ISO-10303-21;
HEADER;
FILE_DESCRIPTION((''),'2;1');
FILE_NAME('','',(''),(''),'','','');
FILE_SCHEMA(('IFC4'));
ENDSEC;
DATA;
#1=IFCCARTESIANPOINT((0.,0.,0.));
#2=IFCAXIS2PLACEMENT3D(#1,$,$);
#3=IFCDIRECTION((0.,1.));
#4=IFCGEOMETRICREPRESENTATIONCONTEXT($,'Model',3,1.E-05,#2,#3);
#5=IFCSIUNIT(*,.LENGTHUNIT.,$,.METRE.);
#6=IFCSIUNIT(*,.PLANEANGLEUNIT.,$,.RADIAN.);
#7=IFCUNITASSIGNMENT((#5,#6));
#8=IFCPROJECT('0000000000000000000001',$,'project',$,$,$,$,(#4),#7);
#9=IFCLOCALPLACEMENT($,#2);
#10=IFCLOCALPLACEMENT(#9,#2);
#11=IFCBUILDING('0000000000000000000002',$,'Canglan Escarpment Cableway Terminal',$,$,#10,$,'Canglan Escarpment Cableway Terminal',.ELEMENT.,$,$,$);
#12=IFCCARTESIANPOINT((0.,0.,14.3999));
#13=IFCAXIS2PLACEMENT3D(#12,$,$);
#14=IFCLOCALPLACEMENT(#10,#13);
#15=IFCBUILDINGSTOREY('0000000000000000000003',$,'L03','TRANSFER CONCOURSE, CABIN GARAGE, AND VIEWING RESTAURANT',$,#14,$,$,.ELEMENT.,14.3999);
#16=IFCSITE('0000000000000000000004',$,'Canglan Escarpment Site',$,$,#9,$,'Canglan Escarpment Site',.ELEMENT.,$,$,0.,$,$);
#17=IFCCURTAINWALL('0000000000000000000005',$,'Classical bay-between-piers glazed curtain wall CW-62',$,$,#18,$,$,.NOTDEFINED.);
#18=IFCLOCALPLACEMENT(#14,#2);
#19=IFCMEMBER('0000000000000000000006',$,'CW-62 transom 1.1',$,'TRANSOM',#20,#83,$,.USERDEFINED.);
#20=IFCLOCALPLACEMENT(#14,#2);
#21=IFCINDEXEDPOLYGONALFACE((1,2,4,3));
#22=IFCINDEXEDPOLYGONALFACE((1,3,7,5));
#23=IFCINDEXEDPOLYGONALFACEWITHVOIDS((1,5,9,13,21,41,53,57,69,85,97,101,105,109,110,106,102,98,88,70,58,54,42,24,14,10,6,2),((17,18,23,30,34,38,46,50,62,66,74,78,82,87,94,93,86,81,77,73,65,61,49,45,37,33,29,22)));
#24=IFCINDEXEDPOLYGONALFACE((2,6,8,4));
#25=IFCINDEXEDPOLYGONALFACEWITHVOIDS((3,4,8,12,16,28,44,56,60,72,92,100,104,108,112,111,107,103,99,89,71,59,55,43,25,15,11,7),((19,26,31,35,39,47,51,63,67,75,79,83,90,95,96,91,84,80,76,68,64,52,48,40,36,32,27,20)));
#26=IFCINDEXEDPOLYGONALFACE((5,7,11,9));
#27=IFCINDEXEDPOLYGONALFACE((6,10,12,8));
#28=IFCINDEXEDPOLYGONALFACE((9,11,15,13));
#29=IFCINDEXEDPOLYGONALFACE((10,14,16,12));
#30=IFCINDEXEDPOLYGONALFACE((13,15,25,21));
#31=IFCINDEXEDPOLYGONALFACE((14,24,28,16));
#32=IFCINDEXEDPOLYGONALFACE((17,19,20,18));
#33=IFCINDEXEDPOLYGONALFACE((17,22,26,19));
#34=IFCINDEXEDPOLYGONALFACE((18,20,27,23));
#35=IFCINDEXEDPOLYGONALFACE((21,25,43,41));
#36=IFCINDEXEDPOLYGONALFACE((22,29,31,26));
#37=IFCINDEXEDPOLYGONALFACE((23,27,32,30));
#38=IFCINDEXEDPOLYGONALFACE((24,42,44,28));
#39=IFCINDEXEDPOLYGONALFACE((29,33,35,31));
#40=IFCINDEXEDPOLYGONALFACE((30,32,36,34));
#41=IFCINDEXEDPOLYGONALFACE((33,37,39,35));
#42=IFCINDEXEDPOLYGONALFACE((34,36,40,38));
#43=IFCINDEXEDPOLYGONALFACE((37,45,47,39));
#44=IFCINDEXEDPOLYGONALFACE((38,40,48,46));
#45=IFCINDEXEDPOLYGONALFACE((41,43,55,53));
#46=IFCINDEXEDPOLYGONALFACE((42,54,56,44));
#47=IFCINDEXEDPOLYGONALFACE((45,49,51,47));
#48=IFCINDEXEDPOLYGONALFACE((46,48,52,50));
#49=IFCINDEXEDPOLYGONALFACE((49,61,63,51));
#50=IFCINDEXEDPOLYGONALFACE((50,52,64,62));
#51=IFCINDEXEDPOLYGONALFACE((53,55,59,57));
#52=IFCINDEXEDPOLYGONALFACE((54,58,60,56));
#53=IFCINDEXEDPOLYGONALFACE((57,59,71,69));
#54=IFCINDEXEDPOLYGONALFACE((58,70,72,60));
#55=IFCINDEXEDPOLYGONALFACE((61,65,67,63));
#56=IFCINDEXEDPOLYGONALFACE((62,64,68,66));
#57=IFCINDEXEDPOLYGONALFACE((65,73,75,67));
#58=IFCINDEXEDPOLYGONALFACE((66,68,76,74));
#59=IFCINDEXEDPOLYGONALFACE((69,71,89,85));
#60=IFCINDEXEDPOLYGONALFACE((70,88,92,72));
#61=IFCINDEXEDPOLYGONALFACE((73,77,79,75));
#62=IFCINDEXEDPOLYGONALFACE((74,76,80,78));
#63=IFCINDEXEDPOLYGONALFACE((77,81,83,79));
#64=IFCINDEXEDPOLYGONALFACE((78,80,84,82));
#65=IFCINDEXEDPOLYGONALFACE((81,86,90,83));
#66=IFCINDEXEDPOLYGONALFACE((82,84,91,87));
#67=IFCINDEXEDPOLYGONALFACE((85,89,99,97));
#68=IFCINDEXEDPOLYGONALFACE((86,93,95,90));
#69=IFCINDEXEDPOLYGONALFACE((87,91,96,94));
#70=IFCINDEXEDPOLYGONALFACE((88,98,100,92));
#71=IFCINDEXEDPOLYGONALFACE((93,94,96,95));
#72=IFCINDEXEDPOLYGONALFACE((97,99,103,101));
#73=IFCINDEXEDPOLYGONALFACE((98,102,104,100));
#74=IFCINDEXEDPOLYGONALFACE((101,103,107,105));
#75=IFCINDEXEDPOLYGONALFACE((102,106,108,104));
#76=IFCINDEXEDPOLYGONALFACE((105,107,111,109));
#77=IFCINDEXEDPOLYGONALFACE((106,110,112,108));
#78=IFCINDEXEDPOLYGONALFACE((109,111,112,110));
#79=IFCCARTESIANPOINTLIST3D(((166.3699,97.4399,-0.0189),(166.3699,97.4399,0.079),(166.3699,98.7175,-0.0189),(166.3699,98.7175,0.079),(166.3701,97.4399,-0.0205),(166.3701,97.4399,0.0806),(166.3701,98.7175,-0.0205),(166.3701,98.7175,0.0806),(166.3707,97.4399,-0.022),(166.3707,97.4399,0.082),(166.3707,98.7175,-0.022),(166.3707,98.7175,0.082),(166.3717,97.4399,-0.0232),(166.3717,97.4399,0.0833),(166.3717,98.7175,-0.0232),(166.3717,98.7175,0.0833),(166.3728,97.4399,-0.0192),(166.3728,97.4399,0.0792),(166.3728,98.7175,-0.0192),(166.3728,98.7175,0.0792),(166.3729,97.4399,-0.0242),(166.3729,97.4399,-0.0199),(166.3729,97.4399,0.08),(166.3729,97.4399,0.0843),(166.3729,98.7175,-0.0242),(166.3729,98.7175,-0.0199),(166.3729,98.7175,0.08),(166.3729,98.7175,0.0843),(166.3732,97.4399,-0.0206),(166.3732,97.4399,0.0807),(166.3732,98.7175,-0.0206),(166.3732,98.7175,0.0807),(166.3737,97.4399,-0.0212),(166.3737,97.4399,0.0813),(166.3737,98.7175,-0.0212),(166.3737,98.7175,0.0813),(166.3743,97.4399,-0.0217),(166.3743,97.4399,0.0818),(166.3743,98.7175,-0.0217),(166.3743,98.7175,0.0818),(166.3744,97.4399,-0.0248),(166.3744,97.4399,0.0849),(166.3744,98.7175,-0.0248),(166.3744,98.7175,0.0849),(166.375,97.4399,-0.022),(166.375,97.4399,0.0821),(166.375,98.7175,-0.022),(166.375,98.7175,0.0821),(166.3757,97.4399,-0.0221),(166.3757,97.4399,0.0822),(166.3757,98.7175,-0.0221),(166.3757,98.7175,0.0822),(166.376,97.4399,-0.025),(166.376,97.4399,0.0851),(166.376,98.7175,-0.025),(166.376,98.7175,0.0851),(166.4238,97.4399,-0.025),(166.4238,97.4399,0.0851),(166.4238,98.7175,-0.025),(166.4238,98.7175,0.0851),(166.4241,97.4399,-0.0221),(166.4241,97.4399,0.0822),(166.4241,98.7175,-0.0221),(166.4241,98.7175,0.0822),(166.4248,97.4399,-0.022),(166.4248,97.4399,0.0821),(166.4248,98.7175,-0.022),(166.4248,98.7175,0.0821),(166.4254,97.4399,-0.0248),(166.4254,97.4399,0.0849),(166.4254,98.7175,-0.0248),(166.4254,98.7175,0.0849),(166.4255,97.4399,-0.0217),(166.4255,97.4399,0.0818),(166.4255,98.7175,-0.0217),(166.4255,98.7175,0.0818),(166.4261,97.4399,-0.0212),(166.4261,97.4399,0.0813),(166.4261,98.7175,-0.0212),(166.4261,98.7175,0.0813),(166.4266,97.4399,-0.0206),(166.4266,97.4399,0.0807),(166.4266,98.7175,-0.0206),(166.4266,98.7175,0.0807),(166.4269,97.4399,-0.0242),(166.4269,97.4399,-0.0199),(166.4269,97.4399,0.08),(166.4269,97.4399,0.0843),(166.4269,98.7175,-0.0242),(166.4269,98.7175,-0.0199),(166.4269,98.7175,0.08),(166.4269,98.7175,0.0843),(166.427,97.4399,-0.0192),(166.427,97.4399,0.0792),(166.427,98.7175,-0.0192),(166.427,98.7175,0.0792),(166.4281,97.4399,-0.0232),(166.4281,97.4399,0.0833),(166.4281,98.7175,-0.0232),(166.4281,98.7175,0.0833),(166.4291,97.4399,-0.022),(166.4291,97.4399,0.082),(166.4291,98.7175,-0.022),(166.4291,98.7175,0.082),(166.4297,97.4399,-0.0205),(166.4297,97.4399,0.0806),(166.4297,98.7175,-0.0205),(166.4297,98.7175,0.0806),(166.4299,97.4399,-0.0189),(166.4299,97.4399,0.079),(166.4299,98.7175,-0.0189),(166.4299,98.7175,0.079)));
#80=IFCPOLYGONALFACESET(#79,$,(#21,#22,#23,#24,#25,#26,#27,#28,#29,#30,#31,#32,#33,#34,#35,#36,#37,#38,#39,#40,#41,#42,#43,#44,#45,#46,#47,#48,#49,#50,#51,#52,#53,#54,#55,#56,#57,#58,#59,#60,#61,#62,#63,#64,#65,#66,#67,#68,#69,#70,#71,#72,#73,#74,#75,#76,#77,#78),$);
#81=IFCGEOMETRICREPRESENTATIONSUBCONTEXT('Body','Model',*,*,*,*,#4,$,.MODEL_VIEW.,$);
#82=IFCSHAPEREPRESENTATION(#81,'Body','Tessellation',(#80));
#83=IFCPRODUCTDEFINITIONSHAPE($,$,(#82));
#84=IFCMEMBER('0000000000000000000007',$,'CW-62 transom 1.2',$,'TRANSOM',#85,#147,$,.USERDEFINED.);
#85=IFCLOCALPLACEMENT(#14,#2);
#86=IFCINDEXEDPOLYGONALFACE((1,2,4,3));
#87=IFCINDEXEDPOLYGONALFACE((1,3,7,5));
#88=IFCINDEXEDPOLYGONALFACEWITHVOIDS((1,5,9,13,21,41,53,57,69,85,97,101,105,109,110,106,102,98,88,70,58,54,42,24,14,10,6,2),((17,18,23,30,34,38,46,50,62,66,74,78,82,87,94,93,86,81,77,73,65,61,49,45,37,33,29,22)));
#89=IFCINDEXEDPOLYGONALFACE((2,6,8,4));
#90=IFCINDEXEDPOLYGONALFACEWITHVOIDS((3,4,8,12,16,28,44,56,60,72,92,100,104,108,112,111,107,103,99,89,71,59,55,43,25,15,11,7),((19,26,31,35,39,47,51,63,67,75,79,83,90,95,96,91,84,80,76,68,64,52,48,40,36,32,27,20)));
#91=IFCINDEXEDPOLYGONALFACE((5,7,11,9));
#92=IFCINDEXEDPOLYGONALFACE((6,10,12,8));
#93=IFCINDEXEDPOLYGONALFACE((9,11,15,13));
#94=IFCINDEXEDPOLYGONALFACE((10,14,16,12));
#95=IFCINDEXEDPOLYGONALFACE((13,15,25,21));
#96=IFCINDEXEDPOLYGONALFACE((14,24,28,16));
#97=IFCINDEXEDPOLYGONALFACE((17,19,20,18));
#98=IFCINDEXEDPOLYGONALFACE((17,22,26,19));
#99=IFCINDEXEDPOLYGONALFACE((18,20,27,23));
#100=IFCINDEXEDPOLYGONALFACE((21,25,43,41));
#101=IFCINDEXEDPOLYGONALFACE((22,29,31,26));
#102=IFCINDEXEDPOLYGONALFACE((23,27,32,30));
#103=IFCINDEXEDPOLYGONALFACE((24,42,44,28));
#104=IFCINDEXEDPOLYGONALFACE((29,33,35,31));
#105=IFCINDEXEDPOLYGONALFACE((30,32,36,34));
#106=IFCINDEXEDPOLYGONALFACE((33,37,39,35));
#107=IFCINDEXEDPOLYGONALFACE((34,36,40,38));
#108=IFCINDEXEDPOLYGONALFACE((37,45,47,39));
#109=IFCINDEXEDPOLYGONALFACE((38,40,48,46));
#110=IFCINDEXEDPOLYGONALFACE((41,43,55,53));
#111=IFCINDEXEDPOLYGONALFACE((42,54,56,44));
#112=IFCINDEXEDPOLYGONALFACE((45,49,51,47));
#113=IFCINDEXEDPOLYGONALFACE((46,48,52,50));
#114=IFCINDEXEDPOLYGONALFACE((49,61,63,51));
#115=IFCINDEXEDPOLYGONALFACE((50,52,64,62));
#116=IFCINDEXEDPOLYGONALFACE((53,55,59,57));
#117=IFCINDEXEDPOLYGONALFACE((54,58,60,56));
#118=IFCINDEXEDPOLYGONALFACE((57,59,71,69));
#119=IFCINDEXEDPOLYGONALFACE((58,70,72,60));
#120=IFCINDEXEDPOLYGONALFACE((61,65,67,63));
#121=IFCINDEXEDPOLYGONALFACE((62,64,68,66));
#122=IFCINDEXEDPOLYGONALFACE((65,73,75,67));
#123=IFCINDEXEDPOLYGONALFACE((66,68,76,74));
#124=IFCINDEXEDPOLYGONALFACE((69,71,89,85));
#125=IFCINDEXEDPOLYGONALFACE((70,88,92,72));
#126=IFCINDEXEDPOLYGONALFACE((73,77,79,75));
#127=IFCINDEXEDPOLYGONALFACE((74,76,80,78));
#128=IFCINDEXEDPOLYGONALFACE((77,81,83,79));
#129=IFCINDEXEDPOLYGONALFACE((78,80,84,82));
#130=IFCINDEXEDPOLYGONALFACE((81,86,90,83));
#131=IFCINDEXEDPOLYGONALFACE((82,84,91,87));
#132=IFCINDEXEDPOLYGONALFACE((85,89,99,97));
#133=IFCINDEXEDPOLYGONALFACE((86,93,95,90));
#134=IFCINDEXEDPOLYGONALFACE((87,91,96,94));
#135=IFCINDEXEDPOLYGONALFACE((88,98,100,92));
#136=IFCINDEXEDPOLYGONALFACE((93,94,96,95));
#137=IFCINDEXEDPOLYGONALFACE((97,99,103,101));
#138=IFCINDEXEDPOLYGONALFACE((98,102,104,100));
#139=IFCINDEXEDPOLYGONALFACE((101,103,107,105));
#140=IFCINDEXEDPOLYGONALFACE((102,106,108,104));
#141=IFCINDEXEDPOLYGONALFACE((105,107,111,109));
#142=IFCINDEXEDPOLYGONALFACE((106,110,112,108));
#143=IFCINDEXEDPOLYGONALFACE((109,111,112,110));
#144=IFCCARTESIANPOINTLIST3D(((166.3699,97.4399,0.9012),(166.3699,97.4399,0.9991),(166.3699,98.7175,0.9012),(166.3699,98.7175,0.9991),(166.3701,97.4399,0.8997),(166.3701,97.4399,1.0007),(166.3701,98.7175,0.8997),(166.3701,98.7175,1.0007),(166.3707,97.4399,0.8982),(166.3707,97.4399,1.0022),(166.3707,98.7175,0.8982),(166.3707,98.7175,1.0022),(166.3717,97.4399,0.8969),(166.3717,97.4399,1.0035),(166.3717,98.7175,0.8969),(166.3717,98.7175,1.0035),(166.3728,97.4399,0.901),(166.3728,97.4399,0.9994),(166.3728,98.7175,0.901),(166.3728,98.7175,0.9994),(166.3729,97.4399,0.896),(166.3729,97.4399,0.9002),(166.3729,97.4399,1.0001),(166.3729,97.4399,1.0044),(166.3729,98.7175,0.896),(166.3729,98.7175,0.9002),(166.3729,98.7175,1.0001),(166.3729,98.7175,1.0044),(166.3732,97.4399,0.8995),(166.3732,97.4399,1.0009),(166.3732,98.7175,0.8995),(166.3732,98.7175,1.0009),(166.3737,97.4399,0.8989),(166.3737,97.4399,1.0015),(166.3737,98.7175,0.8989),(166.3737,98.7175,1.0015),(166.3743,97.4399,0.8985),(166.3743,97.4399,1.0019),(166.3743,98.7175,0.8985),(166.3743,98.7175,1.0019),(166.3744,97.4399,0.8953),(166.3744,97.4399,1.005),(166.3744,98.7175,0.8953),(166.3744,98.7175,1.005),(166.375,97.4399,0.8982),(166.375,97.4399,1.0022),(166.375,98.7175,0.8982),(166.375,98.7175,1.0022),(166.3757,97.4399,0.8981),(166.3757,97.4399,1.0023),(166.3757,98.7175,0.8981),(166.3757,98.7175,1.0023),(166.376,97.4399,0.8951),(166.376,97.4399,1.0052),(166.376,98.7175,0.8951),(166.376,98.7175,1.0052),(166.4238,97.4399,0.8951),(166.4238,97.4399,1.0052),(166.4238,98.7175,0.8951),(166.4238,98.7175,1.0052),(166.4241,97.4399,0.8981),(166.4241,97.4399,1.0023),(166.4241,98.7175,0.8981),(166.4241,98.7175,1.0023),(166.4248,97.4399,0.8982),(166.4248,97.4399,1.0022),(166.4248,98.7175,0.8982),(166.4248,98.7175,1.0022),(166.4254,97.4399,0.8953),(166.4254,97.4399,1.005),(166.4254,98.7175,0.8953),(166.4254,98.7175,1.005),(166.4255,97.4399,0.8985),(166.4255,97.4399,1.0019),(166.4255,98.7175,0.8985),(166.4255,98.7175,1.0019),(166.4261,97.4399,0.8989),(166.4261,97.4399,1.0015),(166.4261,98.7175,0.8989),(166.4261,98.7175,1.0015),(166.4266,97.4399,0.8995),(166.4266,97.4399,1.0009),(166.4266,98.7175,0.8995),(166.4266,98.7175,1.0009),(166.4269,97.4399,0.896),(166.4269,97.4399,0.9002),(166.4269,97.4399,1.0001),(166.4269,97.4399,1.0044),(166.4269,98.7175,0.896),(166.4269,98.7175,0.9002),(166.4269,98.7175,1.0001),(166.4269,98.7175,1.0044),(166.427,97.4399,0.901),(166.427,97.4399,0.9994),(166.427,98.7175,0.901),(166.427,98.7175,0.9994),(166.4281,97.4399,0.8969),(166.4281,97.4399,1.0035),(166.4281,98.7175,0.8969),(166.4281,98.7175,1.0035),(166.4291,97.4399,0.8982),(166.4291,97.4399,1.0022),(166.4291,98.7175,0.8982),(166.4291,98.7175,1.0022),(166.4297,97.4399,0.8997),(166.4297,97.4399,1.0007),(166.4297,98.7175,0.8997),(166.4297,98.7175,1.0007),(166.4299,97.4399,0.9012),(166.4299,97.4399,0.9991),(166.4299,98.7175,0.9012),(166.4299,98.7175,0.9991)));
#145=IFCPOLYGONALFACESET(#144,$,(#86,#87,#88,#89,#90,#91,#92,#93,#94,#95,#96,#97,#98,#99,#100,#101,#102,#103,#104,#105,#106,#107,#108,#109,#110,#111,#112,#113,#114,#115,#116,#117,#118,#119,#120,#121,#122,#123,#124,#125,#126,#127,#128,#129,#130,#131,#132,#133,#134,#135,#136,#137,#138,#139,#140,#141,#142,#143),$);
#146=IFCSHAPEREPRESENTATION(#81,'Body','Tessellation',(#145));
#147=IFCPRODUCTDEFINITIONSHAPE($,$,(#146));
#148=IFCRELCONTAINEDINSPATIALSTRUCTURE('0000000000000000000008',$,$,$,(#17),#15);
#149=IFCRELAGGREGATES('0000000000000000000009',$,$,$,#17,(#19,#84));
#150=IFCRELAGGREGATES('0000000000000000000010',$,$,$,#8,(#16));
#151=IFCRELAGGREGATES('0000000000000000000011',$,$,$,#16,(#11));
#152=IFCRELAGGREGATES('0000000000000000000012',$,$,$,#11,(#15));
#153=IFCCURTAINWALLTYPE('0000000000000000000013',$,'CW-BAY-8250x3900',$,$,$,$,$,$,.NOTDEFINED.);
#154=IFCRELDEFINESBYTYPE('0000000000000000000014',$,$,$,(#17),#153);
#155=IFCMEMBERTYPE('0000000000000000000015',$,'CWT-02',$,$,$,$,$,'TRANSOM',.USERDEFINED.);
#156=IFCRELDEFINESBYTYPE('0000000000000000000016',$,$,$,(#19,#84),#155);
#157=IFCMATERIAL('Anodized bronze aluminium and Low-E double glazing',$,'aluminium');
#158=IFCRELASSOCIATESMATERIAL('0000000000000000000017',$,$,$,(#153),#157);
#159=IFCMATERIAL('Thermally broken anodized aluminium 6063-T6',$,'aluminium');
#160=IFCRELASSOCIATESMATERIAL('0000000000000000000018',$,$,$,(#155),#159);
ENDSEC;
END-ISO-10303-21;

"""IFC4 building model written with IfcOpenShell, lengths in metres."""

from ifc_helpers import new_model, si_unit, direction, frame, origin, origin_2d, place, context, subcontext, project, spatial, hollow_rectangle, extrude, material, material_profile, profile_set, type_object, element, aggregate, save


model = new_model("IFC4")

# Units and contexts
model_context = context("Model", 3, precision=1e-05, world=origin(), true_north=direction((0.0, 1.0)))
body_context = subcontext(model_context, "Body", "Model", "MODEL_VIEW")
ifc_project = project(units=[si_unit("LENGTHUNIT", "METRE"), si_unit("PLANEANGLEUNIT", "RADIAN")], contexts=[model_context])

# Site, building, storey
site_placement = place(None, origin())
site = spatial("IfcSite", under=ifc_project, at=site_placement, Name="Canglan Escarpment Site", LongName="Canglan Escarpment Site", CompositionType="ELEMENT", RefElevation=0.0)
building_placement = place(site_placement, origin())
building = spatial("IfcBuilding", under=site, at=building_placement, Name="Canglan Escarpment Cableway Terminal", LongName="Canglan Escarpment Cableway Terminal", CompositionType="ELEMENT")
storey_placement = place(building_placement, frame((0.0, 0.0, 14.3999)))
storey = spatial("IfcBuildingStorey", under=building, at=storey_placement, Name="L03", Description="TRANSFER CONCOURSE, CABIN GARAGE, AND VIEWING RESTAURANT", CompositionType="ELEMENT", Elevation=14.3999)

# Curtain wall, members
ifc_material_1 = material(Name="Anodized bronze aluminium and Low-E double glazing", Category="aluminium")
curtain_wall_type = type_object("IfcCurtainWallType", Name="CW-BAY-8250x3900", PredefinedType="NOTDEFINED", material=ifc_material_1)
curtain_wall_placement = place(storey_placement, origin())
curtain_wall = element("IfcCurtainWall", 1, at=curtain_wall_placement, inside=storey, type_object=curtain_wall_type, Name="Classical bay-between-piers glazed curtain wall CW-62", PredefinedType="NOTDEFINED")
ifc_material_2 = material(Name="Thermally broken anodized aluminium 6063-T6", Category="aluminium")
ifc_material_profile_1 = material_profile(ifc_material_2, hollow_rectangle(XDim=0.0601, YDim=0.1101, WallThickness=0.0029, InnerFilletRadius=0.0029, OuterFilletRadius=0.0061, at=origin_2d()), Name="ALU-TRAN 60x110x3")
ifc_profile_set_1 = profile_set([ifc_material_profile_1], Name="Thermally broken anodized aluminium 6063-T6")
member_type_1 = type_object("IfcMemberType", Name="CWT-02", ElementType="TRANSOM", PredefinedType="USERDEFINED", material=ifc_profile_set_1)
member_1_placement = place(storey_placement, frame((166.3999, 97.4399, 0.03), z_axis=(0.0, 1.0, 0.0), x_axis=(-1.0, 0.0, 0.0)))
member_1 = element("IfcMember", 2, at=member_1_placement, type_object=member_type_1, Name="CW-62 transom 1.1", ObjectType="TRANSOM", PredefinedType="USERDEFINED", context=body_context, shape_type="SweptSolid", body=[
    extrude(hollow_rectangle(XDim=0.0601, YDim=0.1101, WallThickness=0.0029, InnerFilletRadius=0.0029, OuterFilletRadius=0.0061, at=origin_2d()), origin(), (0.0, 0.0, 1.0), 1.2776),
])
member_2_placement = place(storey_placement, frame((166.3999, 97.4399, 0.9502), z_axis=(0.0, 1.0, 0.0), x_axis=(-1.0, 0.0, 0.0)))
member_2 = element("IfcMember", 3, at=member_2_placement, type_object=member_type_1, Name="CW-62 transom 1.2", ObjectType="TRANSOM", PredefinedType="USERDEFINED", context=body_context, shape_type="SweptSolid", body=[
    extrude(hollow_rectangle(XDim=0.0601, YDim=0.1101, WallThickness=0.0029, InnerFilletRadius=0.0029, OuterFilletRadius=0.0061, at=origin_2d()), origin(), (0.0, 0.0, 1.0), 1.2776),
])
aggregate(curtain_wall, [member_1, member_2])

save(model, "model.ifc")
